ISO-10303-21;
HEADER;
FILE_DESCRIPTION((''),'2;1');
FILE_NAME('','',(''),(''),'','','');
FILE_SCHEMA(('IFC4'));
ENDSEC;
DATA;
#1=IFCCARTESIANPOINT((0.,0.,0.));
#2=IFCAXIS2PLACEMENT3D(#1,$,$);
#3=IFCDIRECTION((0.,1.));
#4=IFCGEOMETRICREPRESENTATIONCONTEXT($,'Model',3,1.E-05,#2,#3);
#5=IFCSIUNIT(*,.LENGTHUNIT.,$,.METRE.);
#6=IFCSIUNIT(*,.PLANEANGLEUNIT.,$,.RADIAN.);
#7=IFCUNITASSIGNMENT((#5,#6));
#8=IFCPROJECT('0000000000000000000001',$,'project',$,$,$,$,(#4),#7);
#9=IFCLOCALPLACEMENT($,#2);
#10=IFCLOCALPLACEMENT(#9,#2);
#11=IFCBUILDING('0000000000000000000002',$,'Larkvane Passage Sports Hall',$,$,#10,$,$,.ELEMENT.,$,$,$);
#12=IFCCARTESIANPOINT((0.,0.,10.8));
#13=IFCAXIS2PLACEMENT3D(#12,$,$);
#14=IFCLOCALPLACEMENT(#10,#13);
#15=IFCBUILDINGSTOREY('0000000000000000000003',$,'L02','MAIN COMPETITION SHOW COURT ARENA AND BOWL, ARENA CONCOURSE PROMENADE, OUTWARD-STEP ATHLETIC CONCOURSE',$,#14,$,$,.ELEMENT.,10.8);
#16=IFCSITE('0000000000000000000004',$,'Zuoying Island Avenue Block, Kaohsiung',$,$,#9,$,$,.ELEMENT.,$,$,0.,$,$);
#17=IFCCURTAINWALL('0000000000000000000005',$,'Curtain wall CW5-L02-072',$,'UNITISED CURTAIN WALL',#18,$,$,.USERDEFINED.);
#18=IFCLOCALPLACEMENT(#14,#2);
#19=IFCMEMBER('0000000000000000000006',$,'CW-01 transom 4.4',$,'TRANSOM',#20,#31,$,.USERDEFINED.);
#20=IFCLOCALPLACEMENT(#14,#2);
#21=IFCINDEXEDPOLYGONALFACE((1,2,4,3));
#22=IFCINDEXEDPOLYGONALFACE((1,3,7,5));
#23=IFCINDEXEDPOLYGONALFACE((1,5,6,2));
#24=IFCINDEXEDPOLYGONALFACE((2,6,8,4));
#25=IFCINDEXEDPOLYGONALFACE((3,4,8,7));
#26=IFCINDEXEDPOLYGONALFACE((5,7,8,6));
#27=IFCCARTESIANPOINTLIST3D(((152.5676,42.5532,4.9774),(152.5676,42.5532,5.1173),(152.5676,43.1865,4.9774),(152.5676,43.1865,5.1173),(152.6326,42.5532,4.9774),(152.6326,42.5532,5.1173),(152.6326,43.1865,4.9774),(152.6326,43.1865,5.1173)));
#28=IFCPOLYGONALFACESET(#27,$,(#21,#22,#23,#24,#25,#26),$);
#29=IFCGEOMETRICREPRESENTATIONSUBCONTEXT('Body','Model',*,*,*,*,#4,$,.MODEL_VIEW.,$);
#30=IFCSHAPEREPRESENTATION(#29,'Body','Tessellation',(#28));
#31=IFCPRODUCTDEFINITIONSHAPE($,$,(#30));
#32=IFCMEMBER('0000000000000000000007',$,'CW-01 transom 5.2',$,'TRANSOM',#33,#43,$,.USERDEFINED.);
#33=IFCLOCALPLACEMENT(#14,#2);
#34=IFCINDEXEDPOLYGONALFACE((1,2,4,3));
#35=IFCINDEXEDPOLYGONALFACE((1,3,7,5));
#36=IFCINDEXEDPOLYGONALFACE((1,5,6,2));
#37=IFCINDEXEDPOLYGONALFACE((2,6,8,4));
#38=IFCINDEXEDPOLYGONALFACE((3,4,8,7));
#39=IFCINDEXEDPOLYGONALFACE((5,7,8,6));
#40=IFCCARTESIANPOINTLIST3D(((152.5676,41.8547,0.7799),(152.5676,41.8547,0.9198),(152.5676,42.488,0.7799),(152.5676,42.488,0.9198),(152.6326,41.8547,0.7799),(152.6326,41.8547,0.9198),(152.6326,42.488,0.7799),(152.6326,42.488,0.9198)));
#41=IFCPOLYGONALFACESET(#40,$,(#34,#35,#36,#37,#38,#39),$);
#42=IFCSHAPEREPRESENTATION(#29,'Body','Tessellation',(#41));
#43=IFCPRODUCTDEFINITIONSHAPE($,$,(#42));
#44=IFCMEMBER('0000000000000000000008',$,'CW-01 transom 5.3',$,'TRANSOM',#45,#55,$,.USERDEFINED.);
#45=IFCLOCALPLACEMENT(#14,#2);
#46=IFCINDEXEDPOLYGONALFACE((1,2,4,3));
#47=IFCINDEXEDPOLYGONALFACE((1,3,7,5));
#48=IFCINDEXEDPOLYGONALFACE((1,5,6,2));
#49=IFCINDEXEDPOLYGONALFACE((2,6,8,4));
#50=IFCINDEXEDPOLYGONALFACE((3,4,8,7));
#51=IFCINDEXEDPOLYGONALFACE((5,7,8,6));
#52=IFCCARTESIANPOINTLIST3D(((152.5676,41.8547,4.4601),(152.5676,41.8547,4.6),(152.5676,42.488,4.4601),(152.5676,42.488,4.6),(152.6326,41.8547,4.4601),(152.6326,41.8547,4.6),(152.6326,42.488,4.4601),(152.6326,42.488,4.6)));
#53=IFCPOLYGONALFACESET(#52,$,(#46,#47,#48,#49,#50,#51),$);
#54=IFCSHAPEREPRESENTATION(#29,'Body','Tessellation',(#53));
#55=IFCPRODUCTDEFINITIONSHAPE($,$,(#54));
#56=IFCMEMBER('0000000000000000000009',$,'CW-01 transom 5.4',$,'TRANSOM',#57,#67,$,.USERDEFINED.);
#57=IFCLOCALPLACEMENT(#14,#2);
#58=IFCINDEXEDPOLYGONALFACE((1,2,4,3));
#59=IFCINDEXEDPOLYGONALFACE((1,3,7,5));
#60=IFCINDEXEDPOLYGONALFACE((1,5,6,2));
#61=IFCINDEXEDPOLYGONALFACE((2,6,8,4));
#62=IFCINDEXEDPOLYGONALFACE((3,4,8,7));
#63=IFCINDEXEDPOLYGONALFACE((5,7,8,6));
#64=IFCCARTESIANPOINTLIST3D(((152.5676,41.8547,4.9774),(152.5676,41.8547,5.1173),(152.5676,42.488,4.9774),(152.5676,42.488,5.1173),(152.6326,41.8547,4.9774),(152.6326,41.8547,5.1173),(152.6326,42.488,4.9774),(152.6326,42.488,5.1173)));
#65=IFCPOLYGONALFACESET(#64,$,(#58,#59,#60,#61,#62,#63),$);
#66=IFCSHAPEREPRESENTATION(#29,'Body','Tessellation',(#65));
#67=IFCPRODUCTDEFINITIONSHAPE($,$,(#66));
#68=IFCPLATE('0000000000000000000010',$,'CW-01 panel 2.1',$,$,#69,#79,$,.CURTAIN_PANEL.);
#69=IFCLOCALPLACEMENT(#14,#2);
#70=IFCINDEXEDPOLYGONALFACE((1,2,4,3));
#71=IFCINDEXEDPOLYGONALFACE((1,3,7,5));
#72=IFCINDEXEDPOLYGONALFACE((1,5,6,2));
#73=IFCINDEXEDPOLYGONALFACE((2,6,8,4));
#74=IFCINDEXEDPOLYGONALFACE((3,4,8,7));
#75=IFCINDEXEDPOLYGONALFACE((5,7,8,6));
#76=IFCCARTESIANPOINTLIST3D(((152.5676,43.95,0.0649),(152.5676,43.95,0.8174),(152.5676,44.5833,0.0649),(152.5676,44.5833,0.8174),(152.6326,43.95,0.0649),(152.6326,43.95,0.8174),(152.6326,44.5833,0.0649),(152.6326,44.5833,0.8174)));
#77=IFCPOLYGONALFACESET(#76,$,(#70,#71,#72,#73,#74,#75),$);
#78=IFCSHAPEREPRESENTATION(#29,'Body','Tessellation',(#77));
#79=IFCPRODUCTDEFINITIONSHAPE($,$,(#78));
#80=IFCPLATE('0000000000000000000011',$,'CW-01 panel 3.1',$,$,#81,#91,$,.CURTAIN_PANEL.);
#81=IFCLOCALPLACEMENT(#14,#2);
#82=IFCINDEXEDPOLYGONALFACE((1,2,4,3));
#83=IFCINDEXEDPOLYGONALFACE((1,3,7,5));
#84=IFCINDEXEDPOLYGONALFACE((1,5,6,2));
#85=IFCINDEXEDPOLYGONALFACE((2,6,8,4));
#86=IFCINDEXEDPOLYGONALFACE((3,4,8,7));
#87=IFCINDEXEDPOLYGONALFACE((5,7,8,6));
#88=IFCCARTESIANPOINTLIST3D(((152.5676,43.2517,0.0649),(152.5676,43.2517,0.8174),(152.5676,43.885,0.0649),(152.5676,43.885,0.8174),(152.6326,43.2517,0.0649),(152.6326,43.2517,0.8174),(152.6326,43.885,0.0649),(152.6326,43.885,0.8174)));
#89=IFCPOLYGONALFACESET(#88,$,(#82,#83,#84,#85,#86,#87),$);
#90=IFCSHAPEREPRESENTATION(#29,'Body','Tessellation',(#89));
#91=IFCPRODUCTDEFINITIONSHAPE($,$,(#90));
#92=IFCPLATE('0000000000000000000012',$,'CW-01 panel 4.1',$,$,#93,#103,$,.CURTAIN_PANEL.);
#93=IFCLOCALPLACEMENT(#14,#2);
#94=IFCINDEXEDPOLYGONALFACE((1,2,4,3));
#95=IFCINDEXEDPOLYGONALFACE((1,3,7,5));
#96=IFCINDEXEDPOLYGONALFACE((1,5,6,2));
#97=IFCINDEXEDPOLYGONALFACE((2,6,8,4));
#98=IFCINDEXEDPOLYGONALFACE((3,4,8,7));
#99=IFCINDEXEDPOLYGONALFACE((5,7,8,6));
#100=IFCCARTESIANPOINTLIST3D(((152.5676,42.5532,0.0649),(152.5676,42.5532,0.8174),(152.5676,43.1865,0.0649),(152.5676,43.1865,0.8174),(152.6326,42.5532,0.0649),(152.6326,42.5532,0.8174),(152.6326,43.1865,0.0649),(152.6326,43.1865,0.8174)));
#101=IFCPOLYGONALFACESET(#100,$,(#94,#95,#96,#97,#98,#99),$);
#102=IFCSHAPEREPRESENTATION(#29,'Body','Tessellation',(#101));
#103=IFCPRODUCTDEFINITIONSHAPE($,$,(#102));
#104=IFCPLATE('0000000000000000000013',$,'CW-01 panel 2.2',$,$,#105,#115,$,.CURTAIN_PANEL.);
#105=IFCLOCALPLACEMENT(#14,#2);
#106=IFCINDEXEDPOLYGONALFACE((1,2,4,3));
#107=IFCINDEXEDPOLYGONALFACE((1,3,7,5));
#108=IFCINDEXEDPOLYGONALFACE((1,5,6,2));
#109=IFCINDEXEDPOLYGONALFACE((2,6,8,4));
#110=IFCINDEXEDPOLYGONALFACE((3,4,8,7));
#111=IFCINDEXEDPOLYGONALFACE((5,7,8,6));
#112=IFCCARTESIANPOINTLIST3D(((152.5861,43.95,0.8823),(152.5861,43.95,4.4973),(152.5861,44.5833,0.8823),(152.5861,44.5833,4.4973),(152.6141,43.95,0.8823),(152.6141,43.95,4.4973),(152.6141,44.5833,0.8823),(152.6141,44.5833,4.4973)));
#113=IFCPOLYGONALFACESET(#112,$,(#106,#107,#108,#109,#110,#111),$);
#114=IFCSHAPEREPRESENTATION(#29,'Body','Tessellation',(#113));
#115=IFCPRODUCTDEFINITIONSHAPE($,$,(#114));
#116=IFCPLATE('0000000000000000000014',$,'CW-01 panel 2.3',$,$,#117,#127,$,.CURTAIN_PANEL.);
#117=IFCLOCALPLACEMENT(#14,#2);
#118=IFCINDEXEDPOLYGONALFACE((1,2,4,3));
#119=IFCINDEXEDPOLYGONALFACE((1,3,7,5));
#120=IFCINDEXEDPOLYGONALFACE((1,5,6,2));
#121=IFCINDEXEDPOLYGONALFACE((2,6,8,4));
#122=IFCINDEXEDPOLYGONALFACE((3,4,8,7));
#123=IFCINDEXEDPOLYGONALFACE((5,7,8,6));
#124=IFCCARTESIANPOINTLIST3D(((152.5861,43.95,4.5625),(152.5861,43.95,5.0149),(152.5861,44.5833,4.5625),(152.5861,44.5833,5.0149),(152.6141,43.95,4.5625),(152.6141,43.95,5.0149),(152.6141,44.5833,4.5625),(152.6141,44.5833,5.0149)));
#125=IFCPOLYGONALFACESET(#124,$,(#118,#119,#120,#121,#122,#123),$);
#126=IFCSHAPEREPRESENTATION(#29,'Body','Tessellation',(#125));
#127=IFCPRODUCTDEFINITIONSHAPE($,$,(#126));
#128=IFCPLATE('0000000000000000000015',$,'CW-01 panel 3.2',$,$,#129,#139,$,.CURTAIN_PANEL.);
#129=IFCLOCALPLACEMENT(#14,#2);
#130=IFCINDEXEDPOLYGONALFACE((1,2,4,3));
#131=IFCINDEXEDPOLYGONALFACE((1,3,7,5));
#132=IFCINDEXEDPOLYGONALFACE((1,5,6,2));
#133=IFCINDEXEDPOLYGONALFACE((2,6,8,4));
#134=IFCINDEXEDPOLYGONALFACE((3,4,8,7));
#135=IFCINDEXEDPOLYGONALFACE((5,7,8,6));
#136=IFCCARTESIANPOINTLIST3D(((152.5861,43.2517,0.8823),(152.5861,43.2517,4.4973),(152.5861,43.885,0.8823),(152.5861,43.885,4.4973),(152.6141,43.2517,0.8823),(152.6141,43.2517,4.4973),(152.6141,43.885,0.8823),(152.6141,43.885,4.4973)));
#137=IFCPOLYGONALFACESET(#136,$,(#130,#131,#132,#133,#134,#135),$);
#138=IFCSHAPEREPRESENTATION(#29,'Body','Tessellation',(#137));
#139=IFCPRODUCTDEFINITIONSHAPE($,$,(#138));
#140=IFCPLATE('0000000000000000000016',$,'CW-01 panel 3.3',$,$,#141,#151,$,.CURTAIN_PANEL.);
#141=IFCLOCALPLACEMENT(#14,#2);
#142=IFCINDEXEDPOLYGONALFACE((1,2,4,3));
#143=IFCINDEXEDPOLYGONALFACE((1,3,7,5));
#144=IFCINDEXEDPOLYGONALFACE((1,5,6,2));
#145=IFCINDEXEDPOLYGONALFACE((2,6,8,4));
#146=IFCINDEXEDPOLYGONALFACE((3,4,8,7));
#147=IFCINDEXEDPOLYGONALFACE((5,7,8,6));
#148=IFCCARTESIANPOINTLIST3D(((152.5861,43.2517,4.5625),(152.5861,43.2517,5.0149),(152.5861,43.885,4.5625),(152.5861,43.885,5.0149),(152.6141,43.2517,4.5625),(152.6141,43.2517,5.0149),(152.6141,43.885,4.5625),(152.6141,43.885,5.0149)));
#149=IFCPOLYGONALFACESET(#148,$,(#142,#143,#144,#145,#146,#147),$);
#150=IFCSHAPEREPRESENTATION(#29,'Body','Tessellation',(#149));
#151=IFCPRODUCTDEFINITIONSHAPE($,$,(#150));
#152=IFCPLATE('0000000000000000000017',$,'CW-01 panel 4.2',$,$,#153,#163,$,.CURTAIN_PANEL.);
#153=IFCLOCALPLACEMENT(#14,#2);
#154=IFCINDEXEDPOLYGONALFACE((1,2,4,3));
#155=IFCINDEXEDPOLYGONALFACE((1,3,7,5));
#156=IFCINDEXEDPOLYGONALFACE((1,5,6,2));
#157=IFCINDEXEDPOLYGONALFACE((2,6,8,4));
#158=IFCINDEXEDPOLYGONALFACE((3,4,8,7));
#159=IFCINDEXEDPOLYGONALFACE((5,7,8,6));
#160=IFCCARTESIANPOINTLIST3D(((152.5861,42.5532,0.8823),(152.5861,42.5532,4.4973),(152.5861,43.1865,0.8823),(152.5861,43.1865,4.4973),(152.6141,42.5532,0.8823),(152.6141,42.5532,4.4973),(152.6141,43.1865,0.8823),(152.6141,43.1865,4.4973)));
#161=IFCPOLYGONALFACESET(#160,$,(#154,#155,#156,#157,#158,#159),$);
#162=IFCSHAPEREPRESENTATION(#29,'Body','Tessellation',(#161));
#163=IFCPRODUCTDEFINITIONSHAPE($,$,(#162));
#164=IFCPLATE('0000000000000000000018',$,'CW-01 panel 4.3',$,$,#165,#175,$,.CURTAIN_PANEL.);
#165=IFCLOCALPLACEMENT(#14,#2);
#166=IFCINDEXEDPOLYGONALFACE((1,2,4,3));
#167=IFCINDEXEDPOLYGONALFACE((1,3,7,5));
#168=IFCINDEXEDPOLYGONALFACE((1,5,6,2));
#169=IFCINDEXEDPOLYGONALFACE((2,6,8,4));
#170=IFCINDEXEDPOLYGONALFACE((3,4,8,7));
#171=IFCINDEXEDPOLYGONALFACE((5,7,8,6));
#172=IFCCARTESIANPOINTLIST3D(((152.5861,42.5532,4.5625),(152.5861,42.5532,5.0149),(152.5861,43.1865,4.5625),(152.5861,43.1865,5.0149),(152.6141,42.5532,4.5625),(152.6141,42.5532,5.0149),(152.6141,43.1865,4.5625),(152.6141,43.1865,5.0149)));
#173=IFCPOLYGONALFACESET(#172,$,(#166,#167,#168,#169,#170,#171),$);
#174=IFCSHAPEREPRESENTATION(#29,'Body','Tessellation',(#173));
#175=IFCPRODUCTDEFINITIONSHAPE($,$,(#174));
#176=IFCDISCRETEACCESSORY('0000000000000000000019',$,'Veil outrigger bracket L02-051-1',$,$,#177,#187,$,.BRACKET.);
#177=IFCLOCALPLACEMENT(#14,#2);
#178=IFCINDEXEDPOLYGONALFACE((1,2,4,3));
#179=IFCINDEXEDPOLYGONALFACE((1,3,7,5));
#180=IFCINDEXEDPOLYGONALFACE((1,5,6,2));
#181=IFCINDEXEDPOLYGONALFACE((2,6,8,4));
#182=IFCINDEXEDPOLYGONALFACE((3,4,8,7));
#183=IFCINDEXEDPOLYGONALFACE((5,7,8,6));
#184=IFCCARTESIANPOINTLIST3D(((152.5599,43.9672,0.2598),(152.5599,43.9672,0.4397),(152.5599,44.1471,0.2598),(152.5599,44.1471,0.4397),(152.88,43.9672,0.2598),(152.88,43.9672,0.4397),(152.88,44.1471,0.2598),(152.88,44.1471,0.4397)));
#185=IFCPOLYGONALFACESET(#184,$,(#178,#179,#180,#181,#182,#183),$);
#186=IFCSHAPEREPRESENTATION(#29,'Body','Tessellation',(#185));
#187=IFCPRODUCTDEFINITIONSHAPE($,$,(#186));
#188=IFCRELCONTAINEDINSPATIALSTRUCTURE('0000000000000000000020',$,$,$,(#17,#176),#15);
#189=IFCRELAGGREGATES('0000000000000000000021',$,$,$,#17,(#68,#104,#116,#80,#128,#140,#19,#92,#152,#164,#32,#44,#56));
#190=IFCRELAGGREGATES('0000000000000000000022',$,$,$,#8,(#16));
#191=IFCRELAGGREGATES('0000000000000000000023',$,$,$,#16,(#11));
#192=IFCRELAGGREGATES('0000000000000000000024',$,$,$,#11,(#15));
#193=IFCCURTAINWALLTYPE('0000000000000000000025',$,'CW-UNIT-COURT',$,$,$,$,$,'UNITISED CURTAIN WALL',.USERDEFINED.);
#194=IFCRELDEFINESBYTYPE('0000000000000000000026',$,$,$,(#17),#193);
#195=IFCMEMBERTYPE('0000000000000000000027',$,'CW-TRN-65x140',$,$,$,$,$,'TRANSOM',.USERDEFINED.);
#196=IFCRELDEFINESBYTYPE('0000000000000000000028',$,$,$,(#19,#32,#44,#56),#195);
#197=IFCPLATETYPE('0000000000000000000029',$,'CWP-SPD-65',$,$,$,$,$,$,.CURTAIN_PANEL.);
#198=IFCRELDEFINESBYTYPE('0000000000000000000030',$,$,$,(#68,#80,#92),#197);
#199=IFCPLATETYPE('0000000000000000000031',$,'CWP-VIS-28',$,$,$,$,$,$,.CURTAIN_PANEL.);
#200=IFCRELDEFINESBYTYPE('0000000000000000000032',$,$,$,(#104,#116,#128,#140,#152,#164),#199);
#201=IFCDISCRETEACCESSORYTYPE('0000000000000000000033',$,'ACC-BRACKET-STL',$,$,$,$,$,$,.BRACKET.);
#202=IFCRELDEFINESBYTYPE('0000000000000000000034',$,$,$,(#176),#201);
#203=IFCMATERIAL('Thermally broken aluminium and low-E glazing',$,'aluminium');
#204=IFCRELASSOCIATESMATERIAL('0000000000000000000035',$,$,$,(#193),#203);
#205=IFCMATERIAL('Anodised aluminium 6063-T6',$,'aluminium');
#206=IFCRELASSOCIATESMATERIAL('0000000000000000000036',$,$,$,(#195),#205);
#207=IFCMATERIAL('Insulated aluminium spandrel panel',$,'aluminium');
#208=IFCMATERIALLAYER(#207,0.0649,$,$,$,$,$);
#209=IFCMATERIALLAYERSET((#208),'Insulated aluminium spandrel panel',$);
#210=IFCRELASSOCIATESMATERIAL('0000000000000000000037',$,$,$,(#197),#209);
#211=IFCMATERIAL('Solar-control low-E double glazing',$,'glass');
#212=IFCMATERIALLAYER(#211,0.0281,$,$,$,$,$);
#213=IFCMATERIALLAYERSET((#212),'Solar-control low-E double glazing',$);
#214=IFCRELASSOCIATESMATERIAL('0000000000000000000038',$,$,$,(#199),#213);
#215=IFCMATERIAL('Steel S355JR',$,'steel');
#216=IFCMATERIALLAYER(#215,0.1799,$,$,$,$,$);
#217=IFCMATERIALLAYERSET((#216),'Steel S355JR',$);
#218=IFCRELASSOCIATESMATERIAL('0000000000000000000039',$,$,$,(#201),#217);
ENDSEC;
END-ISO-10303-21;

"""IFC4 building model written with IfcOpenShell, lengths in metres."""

from ifc_helpers import new_model, si_unit, direction, frame, origin, origin_2d, place, context, subcontext, project, spatial, rectangle, extrude, material, layer, layer_set, material_profile, profile_set, type_object, element, aggregate, save


model = new_model("IFC4")

# Units and contexts
model_context = context("Model", 3, precision=1e-05, world=origin(), true_north=direction((0.0, 1.0)))
body_context = subcontext(model_context, "Body", "Model", "MODEL_VIEW")
ifc_project = project(units=[si_unit("LENGTHUNIT", "METRE"), si_unit("PLANEANGLEUNIT", "RADIAN")], contexts=[model_context])

# Site, building, storey
site_placement = place(None, origin())
site = spatial("IfcSite", under=ifc_project, at=site_placement, Name="Zuoying Island Avenue Block, Kaohsiung", CompositionType="ELEMENT", RefElevation=0.0)
building_placement = place(site_placement, origin())
building = spatial("IfcBuilding", under=site, at=building_placement, Name="Larkvane Passage Sports Hall", CompositionType="ELEMENT")
storey_placement = place(building_placement, frame((0.0, 0.0, 10.8)))
storey = spatial("IfcBuildingStorey", under=building, at=storey_placement, Name="L02", Description="MAIN COMPETITION SHOW COURT ARENA AND BOWL, ARENA CONCOURSE PROMENADE, OUTWARD-STEP ATHLETIC CONCOURSE", CompositionType="ELEMENT", Elevation=10.8)

# Curtain wall, members, plates
ifc_material_1 = material(Name="Thermally broken aluminium and low-E glazing", Category="aluminium")
curtain_wall_type = type_object("IfcCurtainWallType", Name="CW-UNIT-COURT", ElementType="UNITISED CURTAIN WALL", PredefinedType="USERDEFINED", material=ifc_material_1)
curtain_wall_placement = place(storey_placement, origin())
curtain_wall = element("IfcCurtainWall", 1, at=curtain_wall_placement, inside=storey, type_object=curtain_wall_type, Name="Curtain wall CW5-L02-072", ObjectType="UNITISED CURTAIN WALL", PredefinedType="USERDEFINED")
ifc_material_2 = material(Name="Anodised aluminium 6063-T6", Category="aluminium")
ifc_material_profile_1 = material_profile(ifc_material_2, rectangle(XDim=0.0649, YDim=0.1399, at=origin_2d()), Name="ALU-TRN-65x140")
ifc_profile_set_1 = profile_set([ifc_material_profile_1], Name="Anodised aluminium 6063-T6")
member_type_1 = type_object("IfcMemberType", Name="CW-TRN-65x140", ElementType="TRANSOM", PredefinedType="USERDEFINED", material=ifc_profile_set_1)
member_1_placement = place(storey_placement, frame((152.6001, 43.1865, 5.0474), z_axis=(0.0, -1.0, 0.0), x_axis=(1.0, 0.0, 0.0)))
member_1 = element("IfcMember", 2, at=member_1_placement, type_object=member_type_1, Name="CW-01 transom 4.4", ObjectType="TRANSOM", PredefinedType="USERDEFINED", context=body_context, shape_type="SweptSolid", body=[
    extrude(rectangle(XDim=0.0649, YDim=0.1399, at=origin_2d()), origin(), (0.0, 0.0, 1.0), 0.6333),
])
member_2_placement = place(storey_placement, frame((152.6001, 42.488, 0.8499), z_axis=(0.0, -1.0, 0.0), x_axis=(1.0, 0.0, 0.0)))
member_2 = element("IfcMember", 3, at=member_2_placement, type_object=member_type_1, Name="CW-01 transom 5.2", ObjectType="TRANSOM", PredefinedType="USERDEFINED", context=body_context, shape_type="SweptSolid", body=[
    extrude(rectangle(XDim=0.0649, YDim=0.1399, at=origin_2d()), origin(), (0.0, 0.0, 1.0), 0.6333),
])
member_3_placement = place(storey_placement, frame((152.6001, 42.488, 4.53), z_axis=(0.0, -1.0, 0.0), x_axis=(1.0, 0.0, 0.0)))
member_3 = element("IfcMember", 4, at=member_3_placement, type_object=member_type_1, Name="CW-01 transom 5.3", ObjectType="TRANSOM", PredefinedType="USERDEFINED", context=body_context, shape_type="SweptSolid", body=[
    extrude(rectangle(XDim=0.0649, YDim=0.1399, at=origin_2d()), origin(), (0.0, 0.0, 1.0), 0.6333),
])
member_4_placement = place(storey_placement, frame((152.6001, 42.488, 5.0474), z_axis=(0.0, -1.0, 0.0), x_axis=(1.0, 0.0, 0.0)))
member_4 = element("IfcMember", 5, at=member_4_placement, type_object=member_type_1, Name="CW-01 transom 5.4", ObjectType="TRANSOM", PredefinedType="USERDEFINED", context=body_context, shape_type="SweptSolid", body=[
    extrude(rectangle(XDim=0.0649, YDim=0.1399, at=origin_2d()), origin(), (0.0, 0.0, 1.0), 0.6333),
])
ifc_material_3 = material(Name="Insulated aluminium spandrel panel", Category="aluminium")
ifc_layer_1 = layer(ifc_material_3, 0.0649)
ifc_layer_set_1 = layer_set([ifc_layer_1], Name="Insulated aluminium spandrel panel")
plate_type_1 = type_object("IfcPlateType", Name="CWP-SPD-65", PredefinedType="CURTAIN_PANEL", material=ifc_layer_set_1)
plate_1_placement = place(storey_placement, frame((152.6001, 44.2666, 0.0649), z_axis=(0.0, 0.0, 1.0), x_axis=(0.0, -1.0, 0.0)))
plate_1 = element("IfcPlate", 6, at=plate_1_placement, type_object=plate_type_1, Name="CW-01 panel 2.1", PredefinedType="CURTAIN_PANEL", context=body_context, shape_type="SweptSolid", body=[
    extrude(rectangle(XDim=0.6333, YDim=0.0649, at=origin_2d()), origin(), (0.0, 0.0, 1.0), 0.7524),
])
plate_2_placement = place(storey_placement, frame((152.6001, 43.5684, 0.0649), z_axis=(0.0, 0.0, 1.0), x_axis=(0.0, -1.0, 0.0)))
plate_2 = element("IfcPlate", 7, at=plate_2_placement, type_object=plate_type_1, Name="CW-01 panel 3.1", PredefinedType="CURTAIN_PANEL", context=body_context, shape_type="SweptSolid", body=[
    extrude(rectangle(XDim=0.6333, YDim=0.0649, at=origin_2d()), origin(), (0.0, 0.0, 1.0), 0.7524),
])
plate_3_placement = place(storey_placement, frame((152.6001, 42.8699, 0.0649), z_axis=(0.0, 0.0, 1.0), x_axis=(0.0, -1.0, 0.0)))
plate_3 = element("IfcPlate", 8, at=plate_3_placement, type_object=plate_type_1, Name="CW-01 panel 4.1", PredefinedType="CURTAIN_PANEL", context=body_context, shape_type="SweptSolid", body=[
    extrude(rectangle(XDim=0.6333, YDim=0.0649, at=origin_2d()), origin(), (0.0, 0.0, 1.0), 0.7524),
])
ifc_material_4 = material(Name="Solar-control low-E double glazing", Category="glass")
ifc_layer_2 = layer(ifc_material_4, 0.0281)
ifc_layer_set_2 = layer_set([ifc_layer_2], Name="Solar-control low-E double glazing")
plate_type_2 = type_object("IfcPlateType", Name="CWP-VIS-28", PredefinedType="CURTAIN_PANEL", material=ifc_layer_set_2)
plate_4_placement = place(storey_placement, frame((152.6001, 44.2666, 0.8823), z_axis=(0.0, 0.0, 1.0), x_axis=(0.0, -1.0, 0.0)))
plate_4 = element("IfcPlate", 9, at=plate_4_placement, type_object=plate_type_2, Name="CW-01 panel 2.2", PredefinedType="CURTAIN_PANEL", context=body_context, shape_type="SweptSolid", body=[
    extrude(rectangle(XDim=0.6333, YDim=0.0281, at=origin_2d()), origin(), (0.0, 0.0, 1.0), 3.615),
])
plate_5_placement = place(storey_placement, frame((152.6001, 44.2666, 4.5625), z_axis=(0.0, 0.0, 1.0), x_axis=(0.0, -1.0, 0.0)))
plate_5 = element("IfcPlate", 10, at=plate_5_placement, type_object=plate_type_2, Name="CW-01 panel 2.3", PredefinedType="CURTAIN_PANEL", context=body_context, shape_type="SweptSolid", body=[
    extrude(rectangle(XDim=0.6333, YDim=0.0281, at=origin_2d()), origin(), (0.0, 0.0, 1.0), 0.4524),
])
plate_6_placement = place(storey_placement, frame((152.6001, 43.5684, 0.8823), z_axis=(0.0, 0.0, 1.0), x_axis=(0.0, -1.0, 0.0)))
plate_6 = element("IfcPlate", 11, at=plate_6_placement, type_object=plate_type_2, Name="CW-01 panel 3.2", PredefinedType="CURTAIN_PANEL", context=body_context, shape_type="SweptSolid", body=[
    extrude(rectangle(XDim=0.6333, YDim=0.0281, at=origin_2d()), origin(), (0.0, 0.0, 1.0), 3.615),
])
plate_7_placement = place(storey_placement, frame((152.6001, 43.5684, 4.5625), z_axis=(0.0, 0.0, 1.0), x_axis=(0.0, -1.0, 0.0)))
plate_7 = element("IfcPlate", 12, at=plate_7_placement, type_object=plate_type_2, Name="CW-01 panel 3.3", PredefinedType="CURTAIN_PANEL", context=body_context, shape_type="SweptSolid", body=[
    extrude(rectangle(XDim=0.6333, YDim=0.0281, at=origin_2d()), origin(), (0.0, 0.0, 1.0), 0.4524),
])
plate_8_placement = place(storey_placement, frame((152.6001, 42.8699, 0.8823), z_axis=(0.0, 0.0, 1.0), x_axis=(0.0, -1.0, 0.0)))
plate_8 = element("IfcPlate", 13, at=plate_8_placement, type_object=plate_type_2, Name="CW-01 panel 4.2", PredefinedType="CURTAIN_PANEL", context=body_context, shape_type="SweptSolid", body=[
    extrude(rectangle(XDim=0.6333, YDim=0.0281, at=origin_2d()), origin(), (0.0, 0.0, 1.0), 3.615),
])
plate_9_placement = place(storey_placement, frame((152.6001, 42.8699, 4.5625), z_axis=(0.0, 0.0, 1.0), x_axis=(0.0, -1.0, 0.0)))
plate_9 = element("IfcPlate", 14, at=plate_9_placement, type_object=plate_type_2, Name="CW-01 panel 4.3", PredefinedType="CURTAIN_PANEL", context=body_context, shape_type="SweptSolid", body=[
    extrude(rectangle(XDim=0.6333, YDim=0.0281, at=origin_2d()), origin(), (0.0, 0.0, 1.0), 0.4524),
])
aggregate(curtain_wall, [plate_1, plate_4, plate_5, plate_2, plate_6, plate_7, member_1, plate_3, plate_8, plate_9, member_2, member_3, member_4])

# Discrete accessory
ifc_material_5 = material(Name="Steel S355JR", Category="steel")
ifc_layer_3 = layer(ifc_material_5, 0.1799)
ifc_layer_set_3 = layer_set([ifc_layer_3], Name="Steel S355JR")
discrete_accessory_type = type_object("IfcDiscreteAccessoryType", Name="ACC-BRACKET-STL", PredefinedType="BRACKET", material=ifc_layer_set_3)
discrete_accessory_placement = place(storey_placement, frame((152.72, 44.0571, 0.2598), z_axis=(0.0, 0.0, 1.0), x_axis=(0.0, -1.0, 0.0)))
element("IfcDiscreteAccessory", 15, at=discrete_accessory_placement, inside=storey, type_object=discrete_accessory_type, Name="Veil outrigger bracket L02-051-1", PredefinedType="BRACKET", context=body_context, shape_type="SweptSolid", body=[
    extrude(rectangle(XDim=0.1799, YDim=0.3201, at=origin_2d()), origin(), (0.0, 0.0, 1.0), 0.1799),
])

save(model, "model.ifc")
